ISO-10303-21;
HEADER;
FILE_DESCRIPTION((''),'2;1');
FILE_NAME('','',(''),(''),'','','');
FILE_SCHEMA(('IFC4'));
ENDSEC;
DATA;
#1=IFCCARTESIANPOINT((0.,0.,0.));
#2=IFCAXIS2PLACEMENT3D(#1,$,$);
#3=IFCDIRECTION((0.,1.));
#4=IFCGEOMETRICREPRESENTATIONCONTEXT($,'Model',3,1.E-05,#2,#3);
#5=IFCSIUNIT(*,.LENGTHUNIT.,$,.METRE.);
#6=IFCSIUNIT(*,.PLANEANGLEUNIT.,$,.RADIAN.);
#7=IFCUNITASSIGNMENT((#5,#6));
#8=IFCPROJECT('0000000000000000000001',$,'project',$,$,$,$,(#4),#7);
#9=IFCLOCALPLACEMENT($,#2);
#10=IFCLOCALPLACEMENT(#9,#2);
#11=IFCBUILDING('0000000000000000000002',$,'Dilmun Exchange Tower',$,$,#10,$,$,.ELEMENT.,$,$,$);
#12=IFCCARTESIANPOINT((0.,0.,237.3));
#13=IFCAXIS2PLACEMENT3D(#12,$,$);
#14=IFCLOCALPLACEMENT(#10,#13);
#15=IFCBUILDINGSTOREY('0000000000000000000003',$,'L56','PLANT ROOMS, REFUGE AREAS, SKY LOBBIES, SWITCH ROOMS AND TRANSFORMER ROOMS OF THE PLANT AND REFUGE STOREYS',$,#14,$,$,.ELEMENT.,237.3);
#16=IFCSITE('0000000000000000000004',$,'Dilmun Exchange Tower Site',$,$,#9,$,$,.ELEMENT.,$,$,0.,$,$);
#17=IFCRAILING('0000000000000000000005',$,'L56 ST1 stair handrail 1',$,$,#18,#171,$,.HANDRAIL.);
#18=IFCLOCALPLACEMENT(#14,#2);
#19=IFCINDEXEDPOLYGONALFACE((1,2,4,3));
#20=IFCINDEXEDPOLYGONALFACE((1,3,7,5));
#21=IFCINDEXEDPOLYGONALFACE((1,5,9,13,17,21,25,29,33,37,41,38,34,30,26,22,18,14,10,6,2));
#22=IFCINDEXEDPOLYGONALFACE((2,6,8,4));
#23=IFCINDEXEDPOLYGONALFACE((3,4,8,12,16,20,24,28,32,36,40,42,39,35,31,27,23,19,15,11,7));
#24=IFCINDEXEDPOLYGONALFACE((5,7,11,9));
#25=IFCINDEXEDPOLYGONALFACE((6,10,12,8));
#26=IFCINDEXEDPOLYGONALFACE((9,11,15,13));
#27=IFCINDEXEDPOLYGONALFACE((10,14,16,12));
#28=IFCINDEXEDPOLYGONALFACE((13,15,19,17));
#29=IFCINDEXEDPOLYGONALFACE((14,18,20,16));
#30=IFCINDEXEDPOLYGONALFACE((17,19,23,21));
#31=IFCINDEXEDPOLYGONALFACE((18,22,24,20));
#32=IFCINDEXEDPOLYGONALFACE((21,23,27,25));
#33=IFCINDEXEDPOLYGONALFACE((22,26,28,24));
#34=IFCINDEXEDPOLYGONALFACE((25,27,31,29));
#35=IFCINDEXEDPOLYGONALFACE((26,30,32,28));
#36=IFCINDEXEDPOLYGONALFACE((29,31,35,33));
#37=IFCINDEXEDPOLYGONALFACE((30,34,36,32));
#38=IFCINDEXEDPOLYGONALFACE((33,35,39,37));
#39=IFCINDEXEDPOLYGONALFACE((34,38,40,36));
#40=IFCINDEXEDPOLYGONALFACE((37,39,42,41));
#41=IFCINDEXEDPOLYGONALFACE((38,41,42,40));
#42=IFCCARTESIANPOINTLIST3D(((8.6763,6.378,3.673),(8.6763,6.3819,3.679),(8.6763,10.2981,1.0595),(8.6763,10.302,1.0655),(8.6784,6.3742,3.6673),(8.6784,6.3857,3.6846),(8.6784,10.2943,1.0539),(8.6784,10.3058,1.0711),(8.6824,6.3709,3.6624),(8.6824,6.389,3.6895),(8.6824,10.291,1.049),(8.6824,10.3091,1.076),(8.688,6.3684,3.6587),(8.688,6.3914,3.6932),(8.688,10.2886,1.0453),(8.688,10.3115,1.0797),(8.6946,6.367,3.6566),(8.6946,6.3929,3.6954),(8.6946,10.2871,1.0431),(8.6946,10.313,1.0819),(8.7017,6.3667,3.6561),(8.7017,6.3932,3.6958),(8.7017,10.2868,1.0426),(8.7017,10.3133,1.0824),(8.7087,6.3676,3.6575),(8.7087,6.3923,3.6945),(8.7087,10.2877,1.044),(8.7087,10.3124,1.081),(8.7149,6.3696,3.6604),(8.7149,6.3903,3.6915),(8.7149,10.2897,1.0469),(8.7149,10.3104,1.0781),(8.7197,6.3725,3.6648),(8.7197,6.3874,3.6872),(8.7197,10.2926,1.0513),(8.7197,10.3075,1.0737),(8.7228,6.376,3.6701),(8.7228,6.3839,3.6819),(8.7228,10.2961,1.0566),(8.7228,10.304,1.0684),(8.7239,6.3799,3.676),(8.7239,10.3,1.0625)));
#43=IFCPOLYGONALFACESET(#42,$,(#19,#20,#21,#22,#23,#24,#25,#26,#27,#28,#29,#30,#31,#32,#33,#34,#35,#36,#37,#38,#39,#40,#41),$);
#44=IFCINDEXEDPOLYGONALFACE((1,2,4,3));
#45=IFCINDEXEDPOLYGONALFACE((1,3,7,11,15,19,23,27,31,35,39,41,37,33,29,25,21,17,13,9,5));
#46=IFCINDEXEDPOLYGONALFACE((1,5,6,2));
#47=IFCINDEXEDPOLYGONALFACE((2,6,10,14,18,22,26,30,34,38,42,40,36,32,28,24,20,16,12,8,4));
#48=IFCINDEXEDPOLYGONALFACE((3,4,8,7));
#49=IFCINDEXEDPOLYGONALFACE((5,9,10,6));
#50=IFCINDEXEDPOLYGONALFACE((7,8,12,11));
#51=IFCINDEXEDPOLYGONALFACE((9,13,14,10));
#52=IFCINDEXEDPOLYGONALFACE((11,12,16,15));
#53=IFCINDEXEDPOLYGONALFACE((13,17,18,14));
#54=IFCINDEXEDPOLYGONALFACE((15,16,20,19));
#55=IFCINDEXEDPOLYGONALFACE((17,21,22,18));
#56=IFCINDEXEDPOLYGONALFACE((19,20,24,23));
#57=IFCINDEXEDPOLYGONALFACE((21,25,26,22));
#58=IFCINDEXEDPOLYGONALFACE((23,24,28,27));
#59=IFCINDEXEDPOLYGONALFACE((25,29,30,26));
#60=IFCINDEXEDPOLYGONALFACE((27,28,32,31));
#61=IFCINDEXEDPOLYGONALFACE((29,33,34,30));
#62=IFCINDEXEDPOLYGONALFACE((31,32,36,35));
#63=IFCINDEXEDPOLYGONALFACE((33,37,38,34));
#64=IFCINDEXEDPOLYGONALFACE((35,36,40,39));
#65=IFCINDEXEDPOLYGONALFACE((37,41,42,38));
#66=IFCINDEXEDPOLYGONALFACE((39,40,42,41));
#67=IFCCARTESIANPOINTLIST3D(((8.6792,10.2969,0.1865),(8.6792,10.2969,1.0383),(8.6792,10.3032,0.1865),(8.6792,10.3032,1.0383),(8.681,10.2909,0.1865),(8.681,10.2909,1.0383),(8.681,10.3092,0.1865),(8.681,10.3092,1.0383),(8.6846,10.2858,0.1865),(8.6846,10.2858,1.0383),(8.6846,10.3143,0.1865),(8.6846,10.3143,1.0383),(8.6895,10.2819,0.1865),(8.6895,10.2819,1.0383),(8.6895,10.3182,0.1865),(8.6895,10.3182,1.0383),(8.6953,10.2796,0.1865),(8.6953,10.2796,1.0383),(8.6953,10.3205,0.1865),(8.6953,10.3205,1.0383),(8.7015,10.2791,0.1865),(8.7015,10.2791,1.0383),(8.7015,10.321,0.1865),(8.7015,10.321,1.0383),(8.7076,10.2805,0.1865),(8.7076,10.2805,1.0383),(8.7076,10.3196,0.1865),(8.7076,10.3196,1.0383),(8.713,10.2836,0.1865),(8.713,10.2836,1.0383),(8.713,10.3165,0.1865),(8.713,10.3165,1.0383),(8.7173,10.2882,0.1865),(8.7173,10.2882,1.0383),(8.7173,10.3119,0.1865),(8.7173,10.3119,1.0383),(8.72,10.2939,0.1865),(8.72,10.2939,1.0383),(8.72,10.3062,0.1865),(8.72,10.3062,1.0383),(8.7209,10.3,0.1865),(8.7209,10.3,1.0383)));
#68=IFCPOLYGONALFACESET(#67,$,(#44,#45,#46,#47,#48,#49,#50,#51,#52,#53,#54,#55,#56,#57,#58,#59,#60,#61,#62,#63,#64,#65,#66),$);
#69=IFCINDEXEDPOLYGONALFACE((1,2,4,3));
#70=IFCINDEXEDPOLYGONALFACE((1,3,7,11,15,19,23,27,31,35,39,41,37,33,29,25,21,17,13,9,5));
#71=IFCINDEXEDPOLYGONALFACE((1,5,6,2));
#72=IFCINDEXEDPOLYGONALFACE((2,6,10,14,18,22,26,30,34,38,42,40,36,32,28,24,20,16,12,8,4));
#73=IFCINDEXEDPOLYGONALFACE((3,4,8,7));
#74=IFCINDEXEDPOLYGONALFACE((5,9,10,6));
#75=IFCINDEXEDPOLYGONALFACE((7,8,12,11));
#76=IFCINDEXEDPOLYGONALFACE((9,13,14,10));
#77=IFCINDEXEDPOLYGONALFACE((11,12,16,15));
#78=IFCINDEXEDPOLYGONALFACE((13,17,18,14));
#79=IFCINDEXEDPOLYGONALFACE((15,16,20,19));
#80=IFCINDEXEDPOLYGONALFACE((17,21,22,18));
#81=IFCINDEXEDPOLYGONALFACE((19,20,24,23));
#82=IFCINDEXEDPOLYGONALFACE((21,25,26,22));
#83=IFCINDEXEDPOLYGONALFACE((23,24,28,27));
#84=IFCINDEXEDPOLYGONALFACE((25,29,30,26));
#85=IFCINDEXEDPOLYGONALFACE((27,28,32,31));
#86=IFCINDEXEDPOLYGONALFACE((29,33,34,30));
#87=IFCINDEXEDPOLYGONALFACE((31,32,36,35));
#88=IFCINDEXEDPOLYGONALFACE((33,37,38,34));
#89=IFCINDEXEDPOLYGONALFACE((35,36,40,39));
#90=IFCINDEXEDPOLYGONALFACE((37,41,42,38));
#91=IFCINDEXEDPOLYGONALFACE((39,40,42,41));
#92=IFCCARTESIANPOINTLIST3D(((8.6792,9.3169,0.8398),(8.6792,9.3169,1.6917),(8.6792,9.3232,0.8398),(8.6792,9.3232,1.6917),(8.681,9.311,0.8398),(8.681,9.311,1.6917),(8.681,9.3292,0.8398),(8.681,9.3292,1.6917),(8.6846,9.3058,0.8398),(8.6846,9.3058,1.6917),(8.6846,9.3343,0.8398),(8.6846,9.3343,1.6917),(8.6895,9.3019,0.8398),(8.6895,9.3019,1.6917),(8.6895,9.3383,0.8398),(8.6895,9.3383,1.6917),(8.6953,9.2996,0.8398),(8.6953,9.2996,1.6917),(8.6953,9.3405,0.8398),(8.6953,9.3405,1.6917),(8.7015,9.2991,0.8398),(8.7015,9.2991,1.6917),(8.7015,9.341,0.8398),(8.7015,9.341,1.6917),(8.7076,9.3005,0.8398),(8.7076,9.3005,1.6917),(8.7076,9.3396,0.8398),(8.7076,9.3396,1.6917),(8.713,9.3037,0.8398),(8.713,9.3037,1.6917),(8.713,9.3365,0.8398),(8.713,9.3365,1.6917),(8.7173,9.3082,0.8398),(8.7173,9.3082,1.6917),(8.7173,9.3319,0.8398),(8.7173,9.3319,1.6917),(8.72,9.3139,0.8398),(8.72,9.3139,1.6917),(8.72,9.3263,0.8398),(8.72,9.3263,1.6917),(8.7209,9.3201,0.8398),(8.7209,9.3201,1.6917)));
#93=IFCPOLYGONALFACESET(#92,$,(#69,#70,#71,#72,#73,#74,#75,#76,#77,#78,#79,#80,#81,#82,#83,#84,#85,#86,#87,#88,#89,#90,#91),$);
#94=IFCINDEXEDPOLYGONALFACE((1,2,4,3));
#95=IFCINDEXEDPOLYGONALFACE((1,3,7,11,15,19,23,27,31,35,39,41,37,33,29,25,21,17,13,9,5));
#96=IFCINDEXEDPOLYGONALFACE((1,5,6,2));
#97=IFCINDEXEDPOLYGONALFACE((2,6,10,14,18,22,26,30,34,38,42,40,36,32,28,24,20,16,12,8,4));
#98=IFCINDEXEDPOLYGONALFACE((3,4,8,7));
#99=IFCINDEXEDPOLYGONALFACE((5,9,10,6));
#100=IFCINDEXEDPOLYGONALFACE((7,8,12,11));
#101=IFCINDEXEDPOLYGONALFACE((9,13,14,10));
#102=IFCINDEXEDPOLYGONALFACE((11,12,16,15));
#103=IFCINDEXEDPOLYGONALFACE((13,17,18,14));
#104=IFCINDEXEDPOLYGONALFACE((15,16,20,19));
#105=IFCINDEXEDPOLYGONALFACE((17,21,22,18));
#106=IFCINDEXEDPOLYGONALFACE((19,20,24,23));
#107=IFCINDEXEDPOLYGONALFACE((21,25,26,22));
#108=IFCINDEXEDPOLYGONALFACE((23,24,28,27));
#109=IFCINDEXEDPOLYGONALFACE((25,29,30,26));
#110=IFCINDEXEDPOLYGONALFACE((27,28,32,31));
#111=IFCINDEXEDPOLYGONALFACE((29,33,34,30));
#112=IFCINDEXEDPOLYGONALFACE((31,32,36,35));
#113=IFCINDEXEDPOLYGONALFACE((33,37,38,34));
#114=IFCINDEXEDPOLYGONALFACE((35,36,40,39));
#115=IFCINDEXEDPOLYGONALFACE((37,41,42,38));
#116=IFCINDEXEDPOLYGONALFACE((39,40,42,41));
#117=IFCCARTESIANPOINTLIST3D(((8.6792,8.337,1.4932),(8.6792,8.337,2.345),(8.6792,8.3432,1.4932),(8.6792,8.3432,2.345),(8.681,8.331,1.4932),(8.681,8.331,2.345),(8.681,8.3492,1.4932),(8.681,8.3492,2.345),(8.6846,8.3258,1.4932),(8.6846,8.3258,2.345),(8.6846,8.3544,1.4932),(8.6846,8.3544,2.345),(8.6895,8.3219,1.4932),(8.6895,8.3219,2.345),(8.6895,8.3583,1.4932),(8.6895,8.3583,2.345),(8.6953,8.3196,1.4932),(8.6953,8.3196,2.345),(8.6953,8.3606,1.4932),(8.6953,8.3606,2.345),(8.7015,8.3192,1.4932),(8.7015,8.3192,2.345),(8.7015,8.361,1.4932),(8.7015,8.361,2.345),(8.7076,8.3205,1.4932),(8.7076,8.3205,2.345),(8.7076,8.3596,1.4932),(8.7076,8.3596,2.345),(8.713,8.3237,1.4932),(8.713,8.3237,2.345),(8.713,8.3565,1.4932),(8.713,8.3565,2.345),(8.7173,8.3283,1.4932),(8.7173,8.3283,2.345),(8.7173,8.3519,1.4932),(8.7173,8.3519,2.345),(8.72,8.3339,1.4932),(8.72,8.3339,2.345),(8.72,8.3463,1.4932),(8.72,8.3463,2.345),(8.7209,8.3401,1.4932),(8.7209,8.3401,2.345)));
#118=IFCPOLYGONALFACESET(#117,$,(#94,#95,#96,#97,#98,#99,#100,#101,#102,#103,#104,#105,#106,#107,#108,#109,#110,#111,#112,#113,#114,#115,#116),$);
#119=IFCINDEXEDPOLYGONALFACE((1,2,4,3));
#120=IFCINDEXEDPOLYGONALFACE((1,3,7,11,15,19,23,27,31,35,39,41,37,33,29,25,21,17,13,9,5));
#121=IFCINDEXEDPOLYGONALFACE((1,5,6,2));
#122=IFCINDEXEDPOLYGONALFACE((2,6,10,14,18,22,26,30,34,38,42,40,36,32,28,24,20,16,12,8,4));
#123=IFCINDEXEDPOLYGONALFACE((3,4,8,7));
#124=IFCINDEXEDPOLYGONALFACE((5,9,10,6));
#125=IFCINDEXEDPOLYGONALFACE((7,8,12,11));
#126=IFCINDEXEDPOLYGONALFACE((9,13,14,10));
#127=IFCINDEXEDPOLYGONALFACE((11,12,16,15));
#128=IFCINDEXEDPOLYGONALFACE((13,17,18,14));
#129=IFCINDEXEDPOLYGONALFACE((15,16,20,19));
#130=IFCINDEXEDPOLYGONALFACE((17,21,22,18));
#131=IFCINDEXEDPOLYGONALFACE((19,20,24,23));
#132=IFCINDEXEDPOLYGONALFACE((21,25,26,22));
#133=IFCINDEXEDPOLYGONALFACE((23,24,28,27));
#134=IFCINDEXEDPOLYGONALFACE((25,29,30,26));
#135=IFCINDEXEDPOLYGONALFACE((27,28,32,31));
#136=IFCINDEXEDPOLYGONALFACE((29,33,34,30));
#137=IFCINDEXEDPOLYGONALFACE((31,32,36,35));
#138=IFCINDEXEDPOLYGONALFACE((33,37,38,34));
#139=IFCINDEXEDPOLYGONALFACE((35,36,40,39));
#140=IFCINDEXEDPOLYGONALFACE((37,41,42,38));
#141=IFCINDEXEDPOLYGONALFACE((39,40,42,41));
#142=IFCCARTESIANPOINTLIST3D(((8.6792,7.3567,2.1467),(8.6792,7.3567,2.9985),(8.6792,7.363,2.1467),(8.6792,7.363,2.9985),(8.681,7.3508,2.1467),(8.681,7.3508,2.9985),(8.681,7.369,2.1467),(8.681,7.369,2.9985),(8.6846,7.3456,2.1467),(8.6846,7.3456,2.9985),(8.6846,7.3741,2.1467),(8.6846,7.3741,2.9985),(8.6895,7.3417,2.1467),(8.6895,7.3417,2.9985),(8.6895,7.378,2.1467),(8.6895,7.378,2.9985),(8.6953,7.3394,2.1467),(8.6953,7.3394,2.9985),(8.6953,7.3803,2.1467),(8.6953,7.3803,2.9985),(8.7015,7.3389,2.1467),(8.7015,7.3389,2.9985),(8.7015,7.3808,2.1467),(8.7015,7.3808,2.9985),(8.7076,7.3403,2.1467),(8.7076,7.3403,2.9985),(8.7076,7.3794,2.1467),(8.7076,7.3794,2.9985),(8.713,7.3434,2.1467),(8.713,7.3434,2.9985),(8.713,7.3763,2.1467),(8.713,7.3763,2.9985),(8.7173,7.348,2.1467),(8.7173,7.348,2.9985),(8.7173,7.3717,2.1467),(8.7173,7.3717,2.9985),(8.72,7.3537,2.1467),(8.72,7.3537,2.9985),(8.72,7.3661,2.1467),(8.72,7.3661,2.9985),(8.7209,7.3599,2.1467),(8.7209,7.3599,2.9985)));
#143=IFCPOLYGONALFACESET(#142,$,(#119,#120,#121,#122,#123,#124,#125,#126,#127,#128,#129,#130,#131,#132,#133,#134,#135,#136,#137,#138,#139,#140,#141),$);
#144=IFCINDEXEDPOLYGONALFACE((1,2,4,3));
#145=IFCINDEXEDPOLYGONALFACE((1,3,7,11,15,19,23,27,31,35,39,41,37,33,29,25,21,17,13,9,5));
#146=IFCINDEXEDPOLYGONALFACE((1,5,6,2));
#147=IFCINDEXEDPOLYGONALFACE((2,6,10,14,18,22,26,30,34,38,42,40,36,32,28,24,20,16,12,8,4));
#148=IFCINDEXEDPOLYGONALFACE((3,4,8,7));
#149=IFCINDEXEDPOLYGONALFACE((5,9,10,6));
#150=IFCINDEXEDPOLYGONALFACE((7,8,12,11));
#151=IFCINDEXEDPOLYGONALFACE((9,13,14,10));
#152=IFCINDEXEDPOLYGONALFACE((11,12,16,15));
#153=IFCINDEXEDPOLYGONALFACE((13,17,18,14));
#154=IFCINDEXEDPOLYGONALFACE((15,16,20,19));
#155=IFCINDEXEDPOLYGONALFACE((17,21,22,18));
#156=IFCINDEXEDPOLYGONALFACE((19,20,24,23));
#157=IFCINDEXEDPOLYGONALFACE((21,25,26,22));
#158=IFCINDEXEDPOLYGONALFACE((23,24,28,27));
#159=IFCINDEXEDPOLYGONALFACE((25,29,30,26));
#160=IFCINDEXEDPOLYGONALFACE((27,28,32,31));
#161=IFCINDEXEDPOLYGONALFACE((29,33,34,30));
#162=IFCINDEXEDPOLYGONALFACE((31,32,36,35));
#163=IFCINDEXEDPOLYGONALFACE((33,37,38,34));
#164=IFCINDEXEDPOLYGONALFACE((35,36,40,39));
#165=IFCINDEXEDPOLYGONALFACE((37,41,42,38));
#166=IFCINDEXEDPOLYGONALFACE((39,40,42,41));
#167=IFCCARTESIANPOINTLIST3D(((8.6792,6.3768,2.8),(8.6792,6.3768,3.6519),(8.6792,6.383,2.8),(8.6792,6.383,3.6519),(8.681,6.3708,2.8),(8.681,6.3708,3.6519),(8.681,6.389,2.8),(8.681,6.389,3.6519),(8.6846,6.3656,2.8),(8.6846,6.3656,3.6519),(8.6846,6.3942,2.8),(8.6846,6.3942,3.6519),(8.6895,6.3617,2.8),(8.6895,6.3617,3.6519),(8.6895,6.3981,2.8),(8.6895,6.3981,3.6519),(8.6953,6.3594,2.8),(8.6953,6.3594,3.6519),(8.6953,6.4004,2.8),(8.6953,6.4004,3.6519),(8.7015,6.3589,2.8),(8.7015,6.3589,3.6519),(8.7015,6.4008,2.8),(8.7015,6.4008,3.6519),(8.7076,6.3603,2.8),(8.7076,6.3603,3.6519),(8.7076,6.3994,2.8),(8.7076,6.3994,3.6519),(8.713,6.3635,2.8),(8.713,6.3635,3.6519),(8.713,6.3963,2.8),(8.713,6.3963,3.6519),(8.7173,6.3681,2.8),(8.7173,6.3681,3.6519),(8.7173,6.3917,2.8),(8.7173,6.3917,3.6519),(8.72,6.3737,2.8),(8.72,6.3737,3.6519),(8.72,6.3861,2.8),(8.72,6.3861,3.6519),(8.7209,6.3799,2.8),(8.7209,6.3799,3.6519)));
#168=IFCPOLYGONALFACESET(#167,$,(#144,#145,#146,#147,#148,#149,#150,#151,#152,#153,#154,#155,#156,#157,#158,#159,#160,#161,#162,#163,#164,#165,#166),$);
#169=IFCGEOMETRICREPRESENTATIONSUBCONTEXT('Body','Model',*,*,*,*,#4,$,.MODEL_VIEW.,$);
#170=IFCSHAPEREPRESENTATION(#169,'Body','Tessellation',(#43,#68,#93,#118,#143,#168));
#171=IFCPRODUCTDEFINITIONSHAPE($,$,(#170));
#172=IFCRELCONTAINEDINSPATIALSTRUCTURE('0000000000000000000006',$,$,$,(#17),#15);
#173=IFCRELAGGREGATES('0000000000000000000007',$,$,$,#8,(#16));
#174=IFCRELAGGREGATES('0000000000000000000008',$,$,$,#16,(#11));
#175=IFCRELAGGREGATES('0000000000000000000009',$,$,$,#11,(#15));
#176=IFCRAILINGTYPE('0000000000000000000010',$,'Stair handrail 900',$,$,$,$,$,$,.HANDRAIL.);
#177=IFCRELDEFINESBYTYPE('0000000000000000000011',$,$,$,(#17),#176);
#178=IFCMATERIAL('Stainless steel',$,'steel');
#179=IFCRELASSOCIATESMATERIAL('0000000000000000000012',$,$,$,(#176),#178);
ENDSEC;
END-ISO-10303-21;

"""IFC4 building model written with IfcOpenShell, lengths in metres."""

from ifc_helpers import new_model, si_unit, direction, frame, origin, origin_2d, place, context, subcontext, project, spatial, circle, extrude, material, type_object, element, save


model = new_model("IFC4")

# Units and contexts
model_context = context("Model", 3, precision=1e-05, world=origin(), true_north=direction((0.0, 1.0)))
body_context = subcontext(model_context, "Body", "Model", "MODEL_VIEW")
ifc_project = project(units=[si_unit("LENGTHUNIT", "METRE"), si_unit("PLANEANGLEUNIT", "RADIAN")], contexts=[model_context])

# Site, building, storey
site_placement = place(None, origin())
site = spatial("IfcSite", under=ifc_project, at=site_placement, Name="Dilmun Exchange Tower Site", CompositionType="ELEMENT", RefElevation=0.0)
building_placement = place(site_placement, origin())
building = spatial("IfcBuilding", under=site, at=building_placement, Name="Dilmun Exchange Tower", CompositionType="ELEMENT")
storey_placement = place(building_placement, frame((0.0, 0.0, 237.3)))
storey = spatial("IfcBuildingStorey", under=building, at=storey_placement, Name="L56", Description="PLANT ROOMS, REFUGE AREAS, SKY LOBBIES, SWITCH ROOMS AND TRANSFORMER ROOMS OF THE PLANT AND REFUGE STOREYS", CompositionType="ELEMENT", Elevation=237.3)

# Railing
ifc_material_1 = material(Name="Stainless steel", Category="steel")
railing_type = type_object("IfcRailingType", Name="Stair handrail 900", PredefinedType="HANDRAIL", material=ifc_material_1)
railing_1_placement = place(storey_placement, frame((8.7, 10.3, 0.1865)))
element("IfcRailing", 1, at=railing_1_placement, inside=storey, type_object=railing_type, Name="L56 ST1 stair handrail 1", PredefinedType="HANDRAIL", context=body_context, shape_type="SweptSolid", body=[
    extrude(circle(Radius=0.0239, at=origin_2d()), frame((0.0, 0.0, 0.876), z_axis=(0.0, -0.832042, 0.554712), x_axis=(1.0, 0.0, 0.0)), (0.0, 0.0, 1.0), 4.7114),
    extrude(circle(Radius=0.021, at=origin_2d()), origin(), (0.0, 0.0, 1.0), 0.8518),
    extrude(circle(Radius=0.021, at=origin_2d()), frame((0.0, -0.98, 0.6533)), (0.0, 0.0, 1.0), 0.8518),
    extrude(circle(Radius=0.021, at=origin_2d()), frame((0.0, -1.96, 1.3066)), (0.0, 0.0, 1.0), 0.8518),
    extrude(circle(Radius=0.021, at=origin_2d()), frame((0.0, -2.9402, 1.9602)), (0.0, 0.0, 1.0), 0.8518),
    extrude(circle(Radius=0.021, at=origin_2d()), frame((0.0, -3.9202, 2.6135)), (0.0, 0.0, 1.0), 0.8518),
])

save(model, "model.ifc")
